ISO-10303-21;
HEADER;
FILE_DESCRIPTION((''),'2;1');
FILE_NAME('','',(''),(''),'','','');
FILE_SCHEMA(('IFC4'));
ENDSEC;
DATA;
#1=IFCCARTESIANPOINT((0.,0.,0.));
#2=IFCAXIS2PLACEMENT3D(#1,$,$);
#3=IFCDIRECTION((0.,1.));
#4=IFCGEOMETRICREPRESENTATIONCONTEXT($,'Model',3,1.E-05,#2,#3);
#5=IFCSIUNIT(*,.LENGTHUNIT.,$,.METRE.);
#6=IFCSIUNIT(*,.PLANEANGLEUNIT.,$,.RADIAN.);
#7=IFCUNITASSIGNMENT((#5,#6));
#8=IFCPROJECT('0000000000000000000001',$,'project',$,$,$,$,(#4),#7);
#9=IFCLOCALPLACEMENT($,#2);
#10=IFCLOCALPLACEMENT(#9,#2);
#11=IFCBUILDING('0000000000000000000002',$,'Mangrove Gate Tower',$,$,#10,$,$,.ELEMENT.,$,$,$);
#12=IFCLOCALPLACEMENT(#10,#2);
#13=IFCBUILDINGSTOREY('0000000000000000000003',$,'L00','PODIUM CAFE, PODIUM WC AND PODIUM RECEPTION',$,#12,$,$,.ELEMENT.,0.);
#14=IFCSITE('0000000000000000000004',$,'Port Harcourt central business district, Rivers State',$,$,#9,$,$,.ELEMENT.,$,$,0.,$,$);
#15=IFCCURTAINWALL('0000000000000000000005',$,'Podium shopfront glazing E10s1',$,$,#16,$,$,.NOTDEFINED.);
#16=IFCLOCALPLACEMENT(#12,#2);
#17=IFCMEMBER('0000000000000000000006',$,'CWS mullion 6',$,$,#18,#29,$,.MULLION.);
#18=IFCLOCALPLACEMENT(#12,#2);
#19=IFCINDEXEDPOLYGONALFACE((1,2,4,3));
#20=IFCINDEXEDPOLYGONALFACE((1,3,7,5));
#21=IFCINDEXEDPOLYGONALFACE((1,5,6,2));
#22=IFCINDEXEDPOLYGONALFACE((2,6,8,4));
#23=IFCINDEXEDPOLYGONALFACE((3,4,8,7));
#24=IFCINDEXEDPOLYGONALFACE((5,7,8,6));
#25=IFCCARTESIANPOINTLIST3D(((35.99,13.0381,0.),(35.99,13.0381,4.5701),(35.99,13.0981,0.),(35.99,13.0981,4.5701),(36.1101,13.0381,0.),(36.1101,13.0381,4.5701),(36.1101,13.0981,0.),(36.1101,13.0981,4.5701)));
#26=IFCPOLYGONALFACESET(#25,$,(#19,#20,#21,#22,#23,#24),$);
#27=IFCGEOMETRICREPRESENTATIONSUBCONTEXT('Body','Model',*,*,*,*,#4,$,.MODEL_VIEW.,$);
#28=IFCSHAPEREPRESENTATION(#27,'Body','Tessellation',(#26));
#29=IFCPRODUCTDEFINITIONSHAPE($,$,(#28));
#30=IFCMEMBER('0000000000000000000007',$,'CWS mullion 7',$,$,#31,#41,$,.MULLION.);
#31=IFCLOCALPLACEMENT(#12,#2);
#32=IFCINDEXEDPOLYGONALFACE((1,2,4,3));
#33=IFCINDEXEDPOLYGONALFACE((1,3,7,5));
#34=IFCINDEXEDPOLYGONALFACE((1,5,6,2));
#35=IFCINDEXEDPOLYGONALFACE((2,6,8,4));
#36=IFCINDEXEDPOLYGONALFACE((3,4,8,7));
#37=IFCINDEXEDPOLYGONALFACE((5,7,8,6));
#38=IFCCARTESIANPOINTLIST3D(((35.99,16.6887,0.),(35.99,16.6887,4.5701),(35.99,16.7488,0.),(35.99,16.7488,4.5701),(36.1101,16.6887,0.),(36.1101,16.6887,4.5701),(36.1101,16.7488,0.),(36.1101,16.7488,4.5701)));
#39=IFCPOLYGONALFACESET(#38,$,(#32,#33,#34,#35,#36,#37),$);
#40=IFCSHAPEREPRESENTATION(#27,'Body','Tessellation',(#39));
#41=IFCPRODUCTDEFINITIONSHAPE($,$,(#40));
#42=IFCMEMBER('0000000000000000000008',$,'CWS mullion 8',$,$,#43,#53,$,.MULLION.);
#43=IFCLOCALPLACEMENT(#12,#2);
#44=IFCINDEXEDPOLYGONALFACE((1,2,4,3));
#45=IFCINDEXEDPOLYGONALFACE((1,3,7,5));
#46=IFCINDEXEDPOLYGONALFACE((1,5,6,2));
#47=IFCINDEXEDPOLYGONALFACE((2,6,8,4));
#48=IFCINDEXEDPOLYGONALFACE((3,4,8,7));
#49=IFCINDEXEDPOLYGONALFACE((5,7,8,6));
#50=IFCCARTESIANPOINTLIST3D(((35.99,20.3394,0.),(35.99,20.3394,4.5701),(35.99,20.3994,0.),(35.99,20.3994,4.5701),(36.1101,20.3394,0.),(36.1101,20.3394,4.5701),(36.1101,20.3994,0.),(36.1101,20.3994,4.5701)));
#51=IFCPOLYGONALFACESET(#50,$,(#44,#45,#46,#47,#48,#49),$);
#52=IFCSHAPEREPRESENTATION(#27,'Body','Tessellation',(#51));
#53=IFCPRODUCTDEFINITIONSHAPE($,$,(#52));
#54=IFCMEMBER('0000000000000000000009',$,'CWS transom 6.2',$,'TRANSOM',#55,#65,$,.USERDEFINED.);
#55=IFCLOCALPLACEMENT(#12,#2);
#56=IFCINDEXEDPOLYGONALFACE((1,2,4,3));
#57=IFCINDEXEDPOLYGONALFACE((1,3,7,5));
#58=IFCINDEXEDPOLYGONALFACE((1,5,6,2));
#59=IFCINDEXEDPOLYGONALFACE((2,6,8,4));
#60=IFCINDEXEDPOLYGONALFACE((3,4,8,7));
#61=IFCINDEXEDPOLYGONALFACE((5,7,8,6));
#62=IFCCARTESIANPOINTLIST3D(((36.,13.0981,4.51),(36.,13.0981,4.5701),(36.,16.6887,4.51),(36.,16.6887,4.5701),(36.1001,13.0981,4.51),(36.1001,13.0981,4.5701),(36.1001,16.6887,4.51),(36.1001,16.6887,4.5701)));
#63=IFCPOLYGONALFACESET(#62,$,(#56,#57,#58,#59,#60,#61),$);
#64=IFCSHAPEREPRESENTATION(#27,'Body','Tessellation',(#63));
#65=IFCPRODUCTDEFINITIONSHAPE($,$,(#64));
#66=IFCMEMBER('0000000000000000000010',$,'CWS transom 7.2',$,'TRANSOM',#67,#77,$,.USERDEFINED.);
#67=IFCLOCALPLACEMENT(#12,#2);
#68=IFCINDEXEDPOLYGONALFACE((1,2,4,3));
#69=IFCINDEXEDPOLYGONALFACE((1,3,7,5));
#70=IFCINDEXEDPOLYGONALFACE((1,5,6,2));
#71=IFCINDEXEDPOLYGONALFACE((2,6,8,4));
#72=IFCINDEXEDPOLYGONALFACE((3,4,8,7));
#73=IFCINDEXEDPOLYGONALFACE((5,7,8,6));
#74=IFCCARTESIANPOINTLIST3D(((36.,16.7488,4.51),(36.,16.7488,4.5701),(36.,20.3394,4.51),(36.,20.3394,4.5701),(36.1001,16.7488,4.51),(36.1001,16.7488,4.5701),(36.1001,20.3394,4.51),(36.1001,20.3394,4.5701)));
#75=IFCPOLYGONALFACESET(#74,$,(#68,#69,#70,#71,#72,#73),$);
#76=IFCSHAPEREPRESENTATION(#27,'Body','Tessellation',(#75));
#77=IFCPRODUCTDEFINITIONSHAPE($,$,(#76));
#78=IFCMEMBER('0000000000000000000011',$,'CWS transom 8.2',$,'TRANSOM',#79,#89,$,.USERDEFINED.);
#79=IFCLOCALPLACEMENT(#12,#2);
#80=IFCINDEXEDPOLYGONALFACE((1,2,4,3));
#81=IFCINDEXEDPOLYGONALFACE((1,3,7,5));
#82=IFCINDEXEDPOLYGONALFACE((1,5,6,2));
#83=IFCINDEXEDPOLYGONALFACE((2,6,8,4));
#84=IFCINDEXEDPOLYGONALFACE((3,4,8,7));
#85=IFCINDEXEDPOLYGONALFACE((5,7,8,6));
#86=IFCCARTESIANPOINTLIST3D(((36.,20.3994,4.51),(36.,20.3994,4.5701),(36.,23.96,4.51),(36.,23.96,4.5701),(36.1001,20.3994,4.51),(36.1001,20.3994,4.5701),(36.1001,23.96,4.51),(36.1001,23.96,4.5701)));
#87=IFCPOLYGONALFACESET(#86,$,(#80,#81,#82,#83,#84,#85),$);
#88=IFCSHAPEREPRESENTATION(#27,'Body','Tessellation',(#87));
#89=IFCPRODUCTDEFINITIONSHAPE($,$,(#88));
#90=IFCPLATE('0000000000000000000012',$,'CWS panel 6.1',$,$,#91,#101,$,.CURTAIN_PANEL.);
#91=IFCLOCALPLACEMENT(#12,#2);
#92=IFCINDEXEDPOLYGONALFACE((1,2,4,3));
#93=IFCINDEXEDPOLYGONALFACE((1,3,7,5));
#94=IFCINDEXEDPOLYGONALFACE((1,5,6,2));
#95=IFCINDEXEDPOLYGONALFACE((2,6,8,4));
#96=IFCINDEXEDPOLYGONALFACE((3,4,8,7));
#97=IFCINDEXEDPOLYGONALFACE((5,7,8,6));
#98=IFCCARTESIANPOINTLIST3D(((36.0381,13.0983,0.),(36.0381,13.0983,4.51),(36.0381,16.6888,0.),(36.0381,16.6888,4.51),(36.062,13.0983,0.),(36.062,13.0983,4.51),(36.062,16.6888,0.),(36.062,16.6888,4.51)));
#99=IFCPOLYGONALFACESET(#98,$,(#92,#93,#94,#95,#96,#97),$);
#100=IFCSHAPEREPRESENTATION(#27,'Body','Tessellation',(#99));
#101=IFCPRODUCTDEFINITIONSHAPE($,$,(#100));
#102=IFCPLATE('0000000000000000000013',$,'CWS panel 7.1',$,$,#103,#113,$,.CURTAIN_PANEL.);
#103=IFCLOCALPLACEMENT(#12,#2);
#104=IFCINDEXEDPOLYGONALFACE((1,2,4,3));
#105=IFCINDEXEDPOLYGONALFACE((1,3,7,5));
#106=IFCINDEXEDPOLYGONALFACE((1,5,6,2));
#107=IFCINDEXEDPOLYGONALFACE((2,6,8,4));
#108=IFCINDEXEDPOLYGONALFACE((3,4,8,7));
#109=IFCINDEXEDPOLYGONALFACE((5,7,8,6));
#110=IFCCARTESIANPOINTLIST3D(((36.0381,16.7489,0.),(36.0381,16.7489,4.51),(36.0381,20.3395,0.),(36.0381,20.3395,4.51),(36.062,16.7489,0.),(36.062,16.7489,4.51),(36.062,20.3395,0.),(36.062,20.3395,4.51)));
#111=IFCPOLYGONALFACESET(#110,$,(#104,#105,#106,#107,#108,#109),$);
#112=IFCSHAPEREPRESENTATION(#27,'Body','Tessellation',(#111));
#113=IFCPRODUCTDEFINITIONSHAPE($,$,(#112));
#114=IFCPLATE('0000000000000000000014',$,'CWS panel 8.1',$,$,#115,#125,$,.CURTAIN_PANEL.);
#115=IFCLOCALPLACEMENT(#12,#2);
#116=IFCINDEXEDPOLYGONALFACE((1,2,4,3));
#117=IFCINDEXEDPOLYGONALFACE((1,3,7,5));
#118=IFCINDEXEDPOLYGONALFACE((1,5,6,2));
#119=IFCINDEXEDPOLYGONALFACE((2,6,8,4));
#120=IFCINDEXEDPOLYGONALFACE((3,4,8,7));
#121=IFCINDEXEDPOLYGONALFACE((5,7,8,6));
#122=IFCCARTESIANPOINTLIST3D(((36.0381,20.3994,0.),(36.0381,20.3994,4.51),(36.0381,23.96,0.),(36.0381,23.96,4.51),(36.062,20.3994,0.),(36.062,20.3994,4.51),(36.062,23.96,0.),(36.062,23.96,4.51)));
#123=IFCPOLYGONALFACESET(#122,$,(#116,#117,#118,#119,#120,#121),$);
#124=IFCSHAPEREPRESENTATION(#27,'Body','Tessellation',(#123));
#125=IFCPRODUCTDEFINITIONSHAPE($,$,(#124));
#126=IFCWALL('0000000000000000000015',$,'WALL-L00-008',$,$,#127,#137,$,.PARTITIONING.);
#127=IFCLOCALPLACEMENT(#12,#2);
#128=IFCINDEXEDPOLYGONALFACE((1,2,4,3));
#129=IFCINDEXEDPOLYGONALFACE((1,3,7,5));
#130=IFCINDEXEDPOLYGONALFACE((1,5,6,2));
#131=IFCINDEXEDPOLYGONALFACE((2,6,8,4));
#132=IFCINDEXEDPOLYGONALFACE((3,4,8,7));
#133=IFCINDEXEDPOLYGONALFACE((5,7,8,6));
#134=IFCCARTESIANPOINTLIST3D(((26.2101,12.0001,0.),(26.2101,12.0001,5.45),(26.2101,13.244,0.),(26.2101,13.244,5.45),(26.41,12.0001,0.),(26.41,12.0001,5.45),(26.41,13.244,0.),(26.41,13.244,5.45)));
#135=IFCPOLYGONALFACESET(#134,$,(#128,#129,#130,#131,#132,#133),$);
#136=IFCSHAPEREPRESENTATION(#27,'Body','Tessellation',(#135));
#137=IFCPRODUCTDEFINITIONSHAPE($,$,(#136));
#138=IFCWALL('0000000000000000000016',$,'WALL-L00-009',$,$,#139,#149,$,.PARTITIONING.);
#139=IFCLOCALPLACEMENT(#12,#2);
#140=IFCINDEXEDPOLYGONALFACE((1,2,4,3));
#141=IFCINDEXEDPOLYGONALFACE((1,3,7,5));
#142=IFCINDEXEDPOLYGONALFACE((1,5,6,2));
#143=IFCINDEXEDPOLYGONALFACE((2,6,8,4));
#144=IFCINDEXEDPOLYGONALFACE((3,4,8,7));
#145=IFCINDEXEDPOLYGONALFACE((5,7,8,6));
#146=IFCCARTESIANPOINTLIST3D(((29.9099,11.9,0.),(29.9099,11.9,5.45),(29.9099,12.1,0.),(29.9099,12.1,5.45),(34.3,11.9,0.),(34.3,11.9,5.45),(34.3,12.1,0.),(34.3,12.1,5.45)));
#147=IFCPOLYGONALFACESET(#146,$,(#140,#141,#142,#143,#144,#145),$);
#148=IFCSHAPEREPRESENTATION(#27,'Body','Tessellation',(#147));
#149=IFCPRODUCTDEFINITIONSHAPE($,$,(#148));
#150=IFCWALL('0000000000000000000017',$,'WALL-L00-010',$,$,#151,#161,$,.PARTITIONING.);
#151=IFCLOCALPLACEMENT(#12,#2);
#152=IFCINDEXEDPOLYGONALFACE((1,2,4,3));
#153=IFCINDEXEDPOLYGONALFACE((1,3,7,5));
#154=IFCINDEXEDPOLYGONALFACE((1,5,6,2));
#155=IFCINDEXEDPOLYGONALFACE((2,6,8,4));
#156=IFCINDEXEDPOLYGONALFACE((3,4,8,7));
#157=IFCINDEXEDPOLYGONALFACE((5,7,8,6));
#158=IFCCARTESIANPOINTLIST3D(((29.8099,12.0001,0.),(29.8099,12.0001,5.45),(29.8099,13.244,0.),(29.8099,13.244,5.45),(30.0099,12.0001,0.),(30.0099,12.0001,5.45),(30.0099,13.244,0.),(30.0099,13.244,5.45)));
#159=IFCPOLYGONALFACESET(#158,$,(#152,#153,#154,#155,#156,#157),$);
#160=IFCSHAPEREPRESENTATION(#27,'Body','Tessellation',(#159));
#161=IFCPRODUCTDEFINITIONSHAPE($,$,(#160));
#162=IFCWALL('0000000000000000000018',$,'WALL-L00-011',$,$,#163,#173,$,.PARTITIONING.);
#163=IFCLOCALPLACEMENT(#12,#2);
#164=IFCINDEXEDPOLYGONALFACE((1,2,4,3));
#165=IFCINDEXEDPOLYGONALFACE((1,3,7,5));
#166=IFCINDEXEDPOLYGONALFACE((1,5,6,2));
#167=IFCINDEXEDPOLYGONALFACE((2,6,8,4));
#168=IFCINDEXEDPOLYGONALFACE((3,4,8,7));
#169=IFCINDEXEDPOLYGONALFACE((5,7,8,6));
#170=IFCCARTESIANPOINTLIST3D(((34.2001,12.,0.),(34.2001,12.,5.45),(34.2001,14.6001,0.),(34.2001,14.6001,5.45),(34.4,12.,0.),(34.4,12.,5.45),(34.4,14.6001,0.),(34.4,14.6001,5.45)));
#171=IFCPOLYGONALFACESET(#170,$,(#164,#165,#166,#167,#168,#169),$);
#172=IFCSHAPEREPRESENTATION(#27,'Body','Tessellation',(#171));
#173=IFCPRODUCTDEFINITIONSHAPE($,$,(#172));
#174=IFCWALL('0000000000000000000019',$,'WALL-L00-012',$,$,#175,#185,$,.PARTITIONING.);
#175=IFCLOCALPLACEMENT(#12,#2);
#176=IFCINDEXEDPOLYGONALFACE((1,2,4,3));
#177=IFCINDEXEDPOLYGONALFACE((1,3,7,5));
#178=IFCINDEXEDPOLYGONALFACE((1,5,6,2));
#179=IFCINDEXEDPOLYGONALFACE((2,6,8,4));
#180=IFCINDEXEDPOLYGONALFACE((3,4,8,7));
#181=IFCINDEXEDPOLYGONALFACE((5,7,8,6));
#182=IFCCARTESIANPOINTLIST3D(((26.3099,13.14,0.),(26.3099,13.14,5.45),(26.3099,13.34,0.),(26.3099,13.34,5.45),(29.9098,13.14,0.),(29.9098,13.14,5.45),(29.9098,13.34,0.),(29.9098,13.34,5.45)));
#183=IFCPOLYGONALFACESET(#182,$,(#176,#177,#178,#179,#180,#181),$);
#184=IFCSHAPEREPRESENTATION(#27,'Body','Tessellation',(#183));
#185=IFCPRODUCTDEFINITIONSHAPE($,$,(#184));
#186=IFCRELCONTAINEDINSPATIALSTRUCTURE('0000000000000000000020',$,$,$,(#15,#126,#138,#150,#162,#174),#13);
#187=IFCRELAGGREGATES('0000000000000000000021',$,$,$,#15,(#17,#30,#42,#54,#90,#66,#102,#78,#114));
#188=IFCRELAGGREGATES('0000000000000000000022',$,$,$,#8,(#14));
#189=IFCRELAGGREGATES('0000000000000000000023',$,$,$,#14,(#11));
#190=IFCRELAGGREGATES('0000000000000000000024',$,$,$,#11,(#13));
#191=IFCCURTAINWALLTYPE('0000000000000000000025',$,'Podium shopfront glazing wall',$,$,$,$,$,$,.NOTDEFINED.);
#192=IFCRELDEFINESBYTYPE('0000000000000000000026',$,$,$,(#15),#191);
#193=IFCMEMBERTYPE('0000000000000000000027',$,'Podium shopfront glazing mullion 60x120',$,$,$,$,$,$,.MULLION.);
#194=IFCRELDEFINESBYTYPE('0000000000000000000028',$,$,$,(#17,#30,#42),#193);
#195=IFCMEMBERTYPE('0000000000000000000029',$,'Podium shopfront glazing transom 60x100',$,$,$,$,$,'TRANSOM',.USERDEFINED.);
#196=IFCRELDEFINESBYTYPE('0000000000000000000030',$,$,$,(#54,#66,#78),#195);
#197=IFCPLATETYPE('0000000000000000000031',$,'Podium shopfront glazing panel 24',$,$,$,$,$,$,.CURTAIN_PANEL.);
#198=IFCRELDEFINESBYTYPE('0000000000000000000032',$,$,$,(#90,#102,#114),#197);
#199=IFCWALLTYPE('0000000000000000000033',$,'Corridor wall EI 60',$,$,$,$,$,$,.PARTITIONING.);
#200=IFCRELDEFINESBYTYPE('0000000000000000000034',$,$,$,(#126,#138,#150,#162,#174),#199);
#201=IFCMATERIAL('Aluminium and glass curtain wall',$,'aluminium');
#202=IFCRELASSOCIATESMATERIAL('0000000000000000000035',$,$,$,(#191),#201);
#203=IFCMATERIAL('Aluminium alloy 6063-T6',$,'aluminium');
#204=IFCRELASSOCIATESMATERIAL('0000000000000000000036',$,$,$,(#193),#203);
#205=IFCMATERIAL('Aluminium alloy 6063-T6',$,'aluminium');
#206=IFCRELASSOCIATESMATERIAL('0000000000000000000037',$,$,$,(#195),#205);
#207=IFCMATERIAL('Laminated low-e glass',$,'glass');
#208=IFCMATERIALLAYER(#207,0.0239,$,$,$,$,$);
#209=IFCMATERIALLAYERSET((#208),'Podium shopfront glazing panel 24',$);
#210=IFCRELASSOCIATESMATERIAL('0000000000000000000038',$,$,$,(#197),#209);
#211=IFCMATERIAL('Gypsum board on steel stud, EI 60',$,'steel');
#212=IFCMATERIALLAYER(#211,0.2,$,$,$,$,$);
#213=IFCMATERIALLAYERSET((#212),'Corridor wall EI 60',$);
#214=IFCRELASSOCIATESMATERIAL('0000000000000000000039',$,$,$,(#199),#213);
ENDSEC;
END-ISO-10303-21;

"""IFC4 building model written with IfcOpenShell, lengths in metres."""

from ifc_helpers import new_model, si_unit, direction, frame, frame_2d, origin, origin_2d, place, context, subcontext, project, spatial, rectangle, extrude, material, layer, layer_set, material_profile, profile_set, type_object, element, aggregate, save


model = new_model("IFC4")

# Units and contexts
model_context = context("Model", 3, precision=1e-05, world=origin(), true_north=direction((0.0, 1.0)))
body_context = subcontext(model_context, "Body", "Model", "MODEL_VIEW")
ifc_project = project(units=[si_unit("LENGTHUNIT", "METRE"), si_unit("PLANEANGLEUNIT", "RADIAN")], contexts=[model_context])

# Site, building, storey
site_placement = place(None, origin())
site = spatial("IfcSite", under=ifc_project, at=site_placement, Name="Port Harcourt central business district, Rivers State", CompositionType="ELEMENT", RefElevation=0.0)
building_placement = place(site_placement, origin())
building = spatial("IfcBuilding", under=site, at=building_placement, Name="Mangrove Gate Tower", CompositionType="ELEMENT")
storey_placement = place(building_placement, origin())
storey = spatial("IfcBuildingStorey", under=building, at=storey_placement, Name="L00", Description="PODIUM CAFE, PODIUM WC AND PODIUM RECEPTION", CompositionType="ELEMENT", Elevation=0.0)

# Curtain wall, members, plates
ifc_material_1 = material(Name="Aluminium and glass curtain wall", Category="aluminium")
curtain_wall_type = type_object("IfcCurtainWallType", Name="Podium shopfront glazing wall", PredefinedType="NOTDEFINED", material=ifc_material_1)
curtain_wall_placement = place(storey_placement, origin())
curtain_wall = element("IfcCurtainWall", 1, at=curtain_wall_placement, inside=storey, type_object=curtain_wall_type, Name="Podium shopfront glazing E10s1", PredefinedType="NOTDEFINED")
ifc_material_2 = material(Name="Aluminium alloy 6063-T6", Category="aluminium")
ifc_material_profile_1 = material_profile(ifc_material_2, rectangle(XDim=0.0601, YDim=0.1201, at=origin_2d()))
ifc_profile_set_1 = profile_set([ifc_material_profile_1], Name="Aluminium alloy 6063-T6")
member_type_1 = type_object("IfcMemberType", Name="Podium shopfront glazing mullion 60x120", PredefinedType="MULLION", material=ifc_profile_set_1)
member_1_placement = place(storey_placement, frame((36.05, 13.0681, 0.0), z_axis=(0.0, 0.0, 1.0), x_axis=(0.0, 1.0, 0.0)))
member_1 = element("IfcMember", 2, at=member_1_placement, type_object=member_type_1, Name="CWS mullion 6", PredefinedType="MULLION", context=body_context, shape_type="SweptSolid", body=[
    extrude(rectangle(XDim=0.0601, YDim=0.1201, at=origin_2d()), origin(), (0.0, 0.0, 1.0), 4.5701),
])
member_2_placement = place(storey_placement, frame((36.05, 16.7188, 0.0), z_axis=(0.0, 0.0, 1.0), x_axis=(0.0, 1.0, 0.0)))
member_2 = element("IfcMember", 3, at=member_2_placement, type_object=member_type_1, Name="CWS mullion 7", PredefinedType="MULLION", context=body_context, shape_type="SweptSolid", body=[
    extrude(rectangle(XDim=0.0601, YDim=0.1201, at=origin_2d()), origin(), (0.0, 0.0, 1.0), 4.5701),
])
member_3_placement = place(storey_placement, frame((36.05, 20.3694, 0.0), z_axis=(0.0, 0.0, 1.0), x_axis=(0.0, 1.0, 0.0)))
member_3 = element("IfcMember", 4, at=member_3_placement, type_object=member_type_1, Name="CWS mullion 8", PredefinedType="MULLION", context=body_context, shape_type="SweptSolid", body=[
    extrude(rectangle(XDim=0.0601, YDim=0.1201, at=origin_2d()), origin(), (0.0, 0.0, 1.0), 4.5701),
])
ifc_material_3 = material(Name="Aluminium alloy 6063-T6", Category="aluminium")
ifc_material_profile_2 = material_profile(ifc_material_3, rectangle(XDim=0.0601, YDim=0.1001, at=origin_2d()))
ifc_profile_set_2 = profile_set([ifc_material_profile_2], Name="Aluminium alloy 6063-T6")
member_type_2 = type_object("IfcMemberType", Name="Podium shopfront glazing transom 60x100", ElementType="TRANSOM", PredefinedType="USERDEFINED", material=ifc_profile_set_2)
member_4_placement = place(storey_placement, frame((36.05, 13.0981, 4.54), z_axis=(0.0, 1.0, 0.0), x_axis=(0.0, 0.0, 1.0)))
member_4 = element("IfcMember", 5, at=member_4_placement, type_object=member_type_2, Name="CWS transom 6.2", ObjectType="TRANSOM", PredefinedType="USERDEFINED", context=body_context, shape_type="SweptSolid", body=[
    extrude(rectangle(XDim=0.0601, YDim=0.1001, at=origin_2d()), origin(), (0.0, 0.0, 1.0), 3.5906),
])
member_5_placement = place(storey_placement, frame((36.05, 16.7488, 4.54), z_axis=(0.0, 1.0, 0.0), x_axis=(0.0, 0.0, 1.0)))
member_5 = element("IfcMember", 6, at=member_5_placement, type_object=member_type_2, Name="CWS transom 7.2", ObjectType="TRANSOM", PredefinedType="USERDEFINED", context=body_context, shape_type="SweptSolid", body=[
    extrude(rectangle(XDim=0.0601, YDim=0.1001, at=origin_2d()), origin(), (0.0, 0.0, 1.0), 3.5906),
])
member_6_placement = place(storey_placement, frame((36.05, 20.3994, 4.54), z_axis=(0.0, 1.0, 0.0), x_axis=(0.0, 0.0, 1.0)))
member_6 = element("IfcMember", 7, at=member_6_placement, type_object=member_type_2, Name="CWS transom 8.2", ObjectType="TRANSOM", PredefinedType="USERDEFINED", context=body_context, shape_type="SweptSolid", body=[
    extrude(rectangle(XDim=0.0601, YDim=0.1001, at=origin_2d()), origin(), (0.0, 0.0, 1.0), 3.5605),
])
ifc_material_4 = material(Name="Laminated low-e glass", Category="glass")
ifc_layer_1 = layer(ifc_material_4, 0.0239)
ifc_layer_set_1 = layer_set([ifc_layer_1], Name="Podium shopfront glazing panel 24")
plate_type = type_object("IfcPlateType", Name="Podium shopfront glazing panel 24", PredefinedType="CURTAIN_PANEL", material=ifc_layer_set_1)
plate_1_placement = place(storey_placement, frame((36.05, 14.8936, 0.0), z_axis=(0.0, 0.0, 1.0), x_axis=(0.0, 1.0, 0.0)))
plate_1 = element("IfcPlate", 8, at=plate_1_placement, type_object=plate_type, Name="CWS panel 6.1", PredefinedType="CURTAIN_PANEL", context=body_context, shape_type="SweptSolid", body=[
    extrude(rectangle(XDim=3.5906, YDim=0.0239, at=origin_2d()), origin(), (0.0, 0.0, 1.0), 4.51),
])
plate_2_placement = place(storey_placement, frame((36.05, 18.5442, 0.0), z_axis=(0.0, 0.0, 1.0), x_axis=(0.0, 1.0, 0.0)))
plate_2 = element("IfcPlate", 9, at=plate_2_placement, type_object=plate_type, Name="CWS panel 7.1", PredefinedType="CURTAIN_PANEL", context=body_context, shape_type="SweptSolid", body=[
    extrude(rectangle(XDim=3.5906, YDim=0.0239, at=origin_2d()), origin(), (0.0, 0.0, 1.0), 4.51),
])
plate_3_placement = place(storey_placement, frame((36.05, 22.1797, 0.0), z_axis=(0.0, 0.0, 1.0), x_axis=(0.0, 1.0, 0.0)))
plate_3 = element("IfcPlate", 10, at=plate_3_placement, type_object=plate_type, Name="CWS panel 8.1", PredefinedType="CURTAIN_PANEL", context=body_context, shape_type="SweptSolid", body=[
    extrude(rectangle(XDim=3.5605, YDim=0.0239, at=origin_2d()), origin(), (0.0, 0.0, 1.0), 4.51),
])
aggregate(curtain_wall, [member_1, member_2, member_3, member_4, plate_1, member_5, plate_2, member_6, plate_3])

# Walls
ifc_material_5 = material(Name="Gypsum board on steel stud, EI 60", Category="steel")
ifc_layer_2 = layer(ifc_material_5, 0.2)
ifc_layer_set_2 = layer_set([ifc_layer_2], Name="Corridor wall EI 60")
wall_type_1 = type_object("IfcWallType", Name="Corridor wall EI 60", PredefinedType="PARTITIONING", material=ifc_layer_set_2)
wall_1_placement = place(storey_placement, frame((26.3101, 12.0, 0.0), z_axis=(0.0, 0.0, 1.0), x_axis=(0.0, 1.0, 0.0)))
element("IfcWall", 11, at=wall_1_placement, inside=storey, type_object=wall_type_1, Name="WALL-L00-008", PredefinedType="PARTITIONING", context=body_context, shape_type="SweptSolid", body=[
    extrude(rectangle(XDim=1.2439, YDim=0.2, at=frame_2d((0.6221, 0.0))), origin(), (0.0, 0.0, 1.0), 5.45),
])
wall_2_placement = place(storey_placement, frame((29.9099, 12.0, 0.0), z_axis=(0.0, 0.0, 1.0), x_axis=(1.0, 0.0, 0.0)))
element("IfcWall", 12, at=wall_2_placement, inside=storey, type_object=wall_type_1, Name="WALL-L00-009", PredefinedType="PARTITIONING", context=body_context, shape_type="SweptSolid", body=[
    extrude(rectangle(XDim=4.3901, YDim=0.2, at=frame_2d((2.1951, 0.0))), origin(), (0.0, 0.0, 1.0), 5.45),
])
wall_3_placement = place(storey_placement, frame((29.9099, 12.0, 0.0), z_axis=(0.0, 0.0, 1.0), x_axis=(0.0, 1.0, 0.0)))
element("IfcWall", 13, at=wall_3_placement, inside=storey, type_object=wall_type_1, Name="WALL-L00-010", PredefinedType="PARTITIONING", context=body_context, shape_type="SweptSolid", body=[
    extrude(rectangle(XDim=1.2439, YDim=0.2, at=frame_2d((0.6221, 0.0))), origin(), (0.0, 0.0, 1.0), 5.45),
])
wall_4_placement = place(storey_placement, frame((34.3, 12.0, 0.0), z_axis=(0.0, 0.0, 1.0), x_axis=(0.0, 1.0, 0.0)))
element("IfcWall", 14, at=wall_4_placement, inside=storey, type_object=wall_type_1, Name="WALL-L00-011", PredefinedType="PARTITIONING", context=body_context, shape_type="SweptSolid", body=[
    extrude(rectangle(XDim=2.6001, YDim=0.2, at=frame_2d((1.3, 0.0))), origin(), (0.0, 0.0, 1.0), 5.45),
])
wall_5_placement = place(storey_placement, frame((26.3101, 13.24, 0.0), z_axis=(0.0, 0.0, 1.0), x_axis=(1.0, 0.0, 0.0)))
element("IfcWall", 15, at=wall_5_placement, inside=storey, type_object=wall_type_1, Name="WALL-L00-012", PredefinedType="PARTITIONING", context=body_context, shape_type="SweptSolid", body=[
    extrude(rectangle(XDim=3.5999, YDim=0.2, at=frame_2d((1.7998, 0.0))), origin(), (0.0, 0.0, 1.0), 5.45),
])

save(model, "model.ifc")
